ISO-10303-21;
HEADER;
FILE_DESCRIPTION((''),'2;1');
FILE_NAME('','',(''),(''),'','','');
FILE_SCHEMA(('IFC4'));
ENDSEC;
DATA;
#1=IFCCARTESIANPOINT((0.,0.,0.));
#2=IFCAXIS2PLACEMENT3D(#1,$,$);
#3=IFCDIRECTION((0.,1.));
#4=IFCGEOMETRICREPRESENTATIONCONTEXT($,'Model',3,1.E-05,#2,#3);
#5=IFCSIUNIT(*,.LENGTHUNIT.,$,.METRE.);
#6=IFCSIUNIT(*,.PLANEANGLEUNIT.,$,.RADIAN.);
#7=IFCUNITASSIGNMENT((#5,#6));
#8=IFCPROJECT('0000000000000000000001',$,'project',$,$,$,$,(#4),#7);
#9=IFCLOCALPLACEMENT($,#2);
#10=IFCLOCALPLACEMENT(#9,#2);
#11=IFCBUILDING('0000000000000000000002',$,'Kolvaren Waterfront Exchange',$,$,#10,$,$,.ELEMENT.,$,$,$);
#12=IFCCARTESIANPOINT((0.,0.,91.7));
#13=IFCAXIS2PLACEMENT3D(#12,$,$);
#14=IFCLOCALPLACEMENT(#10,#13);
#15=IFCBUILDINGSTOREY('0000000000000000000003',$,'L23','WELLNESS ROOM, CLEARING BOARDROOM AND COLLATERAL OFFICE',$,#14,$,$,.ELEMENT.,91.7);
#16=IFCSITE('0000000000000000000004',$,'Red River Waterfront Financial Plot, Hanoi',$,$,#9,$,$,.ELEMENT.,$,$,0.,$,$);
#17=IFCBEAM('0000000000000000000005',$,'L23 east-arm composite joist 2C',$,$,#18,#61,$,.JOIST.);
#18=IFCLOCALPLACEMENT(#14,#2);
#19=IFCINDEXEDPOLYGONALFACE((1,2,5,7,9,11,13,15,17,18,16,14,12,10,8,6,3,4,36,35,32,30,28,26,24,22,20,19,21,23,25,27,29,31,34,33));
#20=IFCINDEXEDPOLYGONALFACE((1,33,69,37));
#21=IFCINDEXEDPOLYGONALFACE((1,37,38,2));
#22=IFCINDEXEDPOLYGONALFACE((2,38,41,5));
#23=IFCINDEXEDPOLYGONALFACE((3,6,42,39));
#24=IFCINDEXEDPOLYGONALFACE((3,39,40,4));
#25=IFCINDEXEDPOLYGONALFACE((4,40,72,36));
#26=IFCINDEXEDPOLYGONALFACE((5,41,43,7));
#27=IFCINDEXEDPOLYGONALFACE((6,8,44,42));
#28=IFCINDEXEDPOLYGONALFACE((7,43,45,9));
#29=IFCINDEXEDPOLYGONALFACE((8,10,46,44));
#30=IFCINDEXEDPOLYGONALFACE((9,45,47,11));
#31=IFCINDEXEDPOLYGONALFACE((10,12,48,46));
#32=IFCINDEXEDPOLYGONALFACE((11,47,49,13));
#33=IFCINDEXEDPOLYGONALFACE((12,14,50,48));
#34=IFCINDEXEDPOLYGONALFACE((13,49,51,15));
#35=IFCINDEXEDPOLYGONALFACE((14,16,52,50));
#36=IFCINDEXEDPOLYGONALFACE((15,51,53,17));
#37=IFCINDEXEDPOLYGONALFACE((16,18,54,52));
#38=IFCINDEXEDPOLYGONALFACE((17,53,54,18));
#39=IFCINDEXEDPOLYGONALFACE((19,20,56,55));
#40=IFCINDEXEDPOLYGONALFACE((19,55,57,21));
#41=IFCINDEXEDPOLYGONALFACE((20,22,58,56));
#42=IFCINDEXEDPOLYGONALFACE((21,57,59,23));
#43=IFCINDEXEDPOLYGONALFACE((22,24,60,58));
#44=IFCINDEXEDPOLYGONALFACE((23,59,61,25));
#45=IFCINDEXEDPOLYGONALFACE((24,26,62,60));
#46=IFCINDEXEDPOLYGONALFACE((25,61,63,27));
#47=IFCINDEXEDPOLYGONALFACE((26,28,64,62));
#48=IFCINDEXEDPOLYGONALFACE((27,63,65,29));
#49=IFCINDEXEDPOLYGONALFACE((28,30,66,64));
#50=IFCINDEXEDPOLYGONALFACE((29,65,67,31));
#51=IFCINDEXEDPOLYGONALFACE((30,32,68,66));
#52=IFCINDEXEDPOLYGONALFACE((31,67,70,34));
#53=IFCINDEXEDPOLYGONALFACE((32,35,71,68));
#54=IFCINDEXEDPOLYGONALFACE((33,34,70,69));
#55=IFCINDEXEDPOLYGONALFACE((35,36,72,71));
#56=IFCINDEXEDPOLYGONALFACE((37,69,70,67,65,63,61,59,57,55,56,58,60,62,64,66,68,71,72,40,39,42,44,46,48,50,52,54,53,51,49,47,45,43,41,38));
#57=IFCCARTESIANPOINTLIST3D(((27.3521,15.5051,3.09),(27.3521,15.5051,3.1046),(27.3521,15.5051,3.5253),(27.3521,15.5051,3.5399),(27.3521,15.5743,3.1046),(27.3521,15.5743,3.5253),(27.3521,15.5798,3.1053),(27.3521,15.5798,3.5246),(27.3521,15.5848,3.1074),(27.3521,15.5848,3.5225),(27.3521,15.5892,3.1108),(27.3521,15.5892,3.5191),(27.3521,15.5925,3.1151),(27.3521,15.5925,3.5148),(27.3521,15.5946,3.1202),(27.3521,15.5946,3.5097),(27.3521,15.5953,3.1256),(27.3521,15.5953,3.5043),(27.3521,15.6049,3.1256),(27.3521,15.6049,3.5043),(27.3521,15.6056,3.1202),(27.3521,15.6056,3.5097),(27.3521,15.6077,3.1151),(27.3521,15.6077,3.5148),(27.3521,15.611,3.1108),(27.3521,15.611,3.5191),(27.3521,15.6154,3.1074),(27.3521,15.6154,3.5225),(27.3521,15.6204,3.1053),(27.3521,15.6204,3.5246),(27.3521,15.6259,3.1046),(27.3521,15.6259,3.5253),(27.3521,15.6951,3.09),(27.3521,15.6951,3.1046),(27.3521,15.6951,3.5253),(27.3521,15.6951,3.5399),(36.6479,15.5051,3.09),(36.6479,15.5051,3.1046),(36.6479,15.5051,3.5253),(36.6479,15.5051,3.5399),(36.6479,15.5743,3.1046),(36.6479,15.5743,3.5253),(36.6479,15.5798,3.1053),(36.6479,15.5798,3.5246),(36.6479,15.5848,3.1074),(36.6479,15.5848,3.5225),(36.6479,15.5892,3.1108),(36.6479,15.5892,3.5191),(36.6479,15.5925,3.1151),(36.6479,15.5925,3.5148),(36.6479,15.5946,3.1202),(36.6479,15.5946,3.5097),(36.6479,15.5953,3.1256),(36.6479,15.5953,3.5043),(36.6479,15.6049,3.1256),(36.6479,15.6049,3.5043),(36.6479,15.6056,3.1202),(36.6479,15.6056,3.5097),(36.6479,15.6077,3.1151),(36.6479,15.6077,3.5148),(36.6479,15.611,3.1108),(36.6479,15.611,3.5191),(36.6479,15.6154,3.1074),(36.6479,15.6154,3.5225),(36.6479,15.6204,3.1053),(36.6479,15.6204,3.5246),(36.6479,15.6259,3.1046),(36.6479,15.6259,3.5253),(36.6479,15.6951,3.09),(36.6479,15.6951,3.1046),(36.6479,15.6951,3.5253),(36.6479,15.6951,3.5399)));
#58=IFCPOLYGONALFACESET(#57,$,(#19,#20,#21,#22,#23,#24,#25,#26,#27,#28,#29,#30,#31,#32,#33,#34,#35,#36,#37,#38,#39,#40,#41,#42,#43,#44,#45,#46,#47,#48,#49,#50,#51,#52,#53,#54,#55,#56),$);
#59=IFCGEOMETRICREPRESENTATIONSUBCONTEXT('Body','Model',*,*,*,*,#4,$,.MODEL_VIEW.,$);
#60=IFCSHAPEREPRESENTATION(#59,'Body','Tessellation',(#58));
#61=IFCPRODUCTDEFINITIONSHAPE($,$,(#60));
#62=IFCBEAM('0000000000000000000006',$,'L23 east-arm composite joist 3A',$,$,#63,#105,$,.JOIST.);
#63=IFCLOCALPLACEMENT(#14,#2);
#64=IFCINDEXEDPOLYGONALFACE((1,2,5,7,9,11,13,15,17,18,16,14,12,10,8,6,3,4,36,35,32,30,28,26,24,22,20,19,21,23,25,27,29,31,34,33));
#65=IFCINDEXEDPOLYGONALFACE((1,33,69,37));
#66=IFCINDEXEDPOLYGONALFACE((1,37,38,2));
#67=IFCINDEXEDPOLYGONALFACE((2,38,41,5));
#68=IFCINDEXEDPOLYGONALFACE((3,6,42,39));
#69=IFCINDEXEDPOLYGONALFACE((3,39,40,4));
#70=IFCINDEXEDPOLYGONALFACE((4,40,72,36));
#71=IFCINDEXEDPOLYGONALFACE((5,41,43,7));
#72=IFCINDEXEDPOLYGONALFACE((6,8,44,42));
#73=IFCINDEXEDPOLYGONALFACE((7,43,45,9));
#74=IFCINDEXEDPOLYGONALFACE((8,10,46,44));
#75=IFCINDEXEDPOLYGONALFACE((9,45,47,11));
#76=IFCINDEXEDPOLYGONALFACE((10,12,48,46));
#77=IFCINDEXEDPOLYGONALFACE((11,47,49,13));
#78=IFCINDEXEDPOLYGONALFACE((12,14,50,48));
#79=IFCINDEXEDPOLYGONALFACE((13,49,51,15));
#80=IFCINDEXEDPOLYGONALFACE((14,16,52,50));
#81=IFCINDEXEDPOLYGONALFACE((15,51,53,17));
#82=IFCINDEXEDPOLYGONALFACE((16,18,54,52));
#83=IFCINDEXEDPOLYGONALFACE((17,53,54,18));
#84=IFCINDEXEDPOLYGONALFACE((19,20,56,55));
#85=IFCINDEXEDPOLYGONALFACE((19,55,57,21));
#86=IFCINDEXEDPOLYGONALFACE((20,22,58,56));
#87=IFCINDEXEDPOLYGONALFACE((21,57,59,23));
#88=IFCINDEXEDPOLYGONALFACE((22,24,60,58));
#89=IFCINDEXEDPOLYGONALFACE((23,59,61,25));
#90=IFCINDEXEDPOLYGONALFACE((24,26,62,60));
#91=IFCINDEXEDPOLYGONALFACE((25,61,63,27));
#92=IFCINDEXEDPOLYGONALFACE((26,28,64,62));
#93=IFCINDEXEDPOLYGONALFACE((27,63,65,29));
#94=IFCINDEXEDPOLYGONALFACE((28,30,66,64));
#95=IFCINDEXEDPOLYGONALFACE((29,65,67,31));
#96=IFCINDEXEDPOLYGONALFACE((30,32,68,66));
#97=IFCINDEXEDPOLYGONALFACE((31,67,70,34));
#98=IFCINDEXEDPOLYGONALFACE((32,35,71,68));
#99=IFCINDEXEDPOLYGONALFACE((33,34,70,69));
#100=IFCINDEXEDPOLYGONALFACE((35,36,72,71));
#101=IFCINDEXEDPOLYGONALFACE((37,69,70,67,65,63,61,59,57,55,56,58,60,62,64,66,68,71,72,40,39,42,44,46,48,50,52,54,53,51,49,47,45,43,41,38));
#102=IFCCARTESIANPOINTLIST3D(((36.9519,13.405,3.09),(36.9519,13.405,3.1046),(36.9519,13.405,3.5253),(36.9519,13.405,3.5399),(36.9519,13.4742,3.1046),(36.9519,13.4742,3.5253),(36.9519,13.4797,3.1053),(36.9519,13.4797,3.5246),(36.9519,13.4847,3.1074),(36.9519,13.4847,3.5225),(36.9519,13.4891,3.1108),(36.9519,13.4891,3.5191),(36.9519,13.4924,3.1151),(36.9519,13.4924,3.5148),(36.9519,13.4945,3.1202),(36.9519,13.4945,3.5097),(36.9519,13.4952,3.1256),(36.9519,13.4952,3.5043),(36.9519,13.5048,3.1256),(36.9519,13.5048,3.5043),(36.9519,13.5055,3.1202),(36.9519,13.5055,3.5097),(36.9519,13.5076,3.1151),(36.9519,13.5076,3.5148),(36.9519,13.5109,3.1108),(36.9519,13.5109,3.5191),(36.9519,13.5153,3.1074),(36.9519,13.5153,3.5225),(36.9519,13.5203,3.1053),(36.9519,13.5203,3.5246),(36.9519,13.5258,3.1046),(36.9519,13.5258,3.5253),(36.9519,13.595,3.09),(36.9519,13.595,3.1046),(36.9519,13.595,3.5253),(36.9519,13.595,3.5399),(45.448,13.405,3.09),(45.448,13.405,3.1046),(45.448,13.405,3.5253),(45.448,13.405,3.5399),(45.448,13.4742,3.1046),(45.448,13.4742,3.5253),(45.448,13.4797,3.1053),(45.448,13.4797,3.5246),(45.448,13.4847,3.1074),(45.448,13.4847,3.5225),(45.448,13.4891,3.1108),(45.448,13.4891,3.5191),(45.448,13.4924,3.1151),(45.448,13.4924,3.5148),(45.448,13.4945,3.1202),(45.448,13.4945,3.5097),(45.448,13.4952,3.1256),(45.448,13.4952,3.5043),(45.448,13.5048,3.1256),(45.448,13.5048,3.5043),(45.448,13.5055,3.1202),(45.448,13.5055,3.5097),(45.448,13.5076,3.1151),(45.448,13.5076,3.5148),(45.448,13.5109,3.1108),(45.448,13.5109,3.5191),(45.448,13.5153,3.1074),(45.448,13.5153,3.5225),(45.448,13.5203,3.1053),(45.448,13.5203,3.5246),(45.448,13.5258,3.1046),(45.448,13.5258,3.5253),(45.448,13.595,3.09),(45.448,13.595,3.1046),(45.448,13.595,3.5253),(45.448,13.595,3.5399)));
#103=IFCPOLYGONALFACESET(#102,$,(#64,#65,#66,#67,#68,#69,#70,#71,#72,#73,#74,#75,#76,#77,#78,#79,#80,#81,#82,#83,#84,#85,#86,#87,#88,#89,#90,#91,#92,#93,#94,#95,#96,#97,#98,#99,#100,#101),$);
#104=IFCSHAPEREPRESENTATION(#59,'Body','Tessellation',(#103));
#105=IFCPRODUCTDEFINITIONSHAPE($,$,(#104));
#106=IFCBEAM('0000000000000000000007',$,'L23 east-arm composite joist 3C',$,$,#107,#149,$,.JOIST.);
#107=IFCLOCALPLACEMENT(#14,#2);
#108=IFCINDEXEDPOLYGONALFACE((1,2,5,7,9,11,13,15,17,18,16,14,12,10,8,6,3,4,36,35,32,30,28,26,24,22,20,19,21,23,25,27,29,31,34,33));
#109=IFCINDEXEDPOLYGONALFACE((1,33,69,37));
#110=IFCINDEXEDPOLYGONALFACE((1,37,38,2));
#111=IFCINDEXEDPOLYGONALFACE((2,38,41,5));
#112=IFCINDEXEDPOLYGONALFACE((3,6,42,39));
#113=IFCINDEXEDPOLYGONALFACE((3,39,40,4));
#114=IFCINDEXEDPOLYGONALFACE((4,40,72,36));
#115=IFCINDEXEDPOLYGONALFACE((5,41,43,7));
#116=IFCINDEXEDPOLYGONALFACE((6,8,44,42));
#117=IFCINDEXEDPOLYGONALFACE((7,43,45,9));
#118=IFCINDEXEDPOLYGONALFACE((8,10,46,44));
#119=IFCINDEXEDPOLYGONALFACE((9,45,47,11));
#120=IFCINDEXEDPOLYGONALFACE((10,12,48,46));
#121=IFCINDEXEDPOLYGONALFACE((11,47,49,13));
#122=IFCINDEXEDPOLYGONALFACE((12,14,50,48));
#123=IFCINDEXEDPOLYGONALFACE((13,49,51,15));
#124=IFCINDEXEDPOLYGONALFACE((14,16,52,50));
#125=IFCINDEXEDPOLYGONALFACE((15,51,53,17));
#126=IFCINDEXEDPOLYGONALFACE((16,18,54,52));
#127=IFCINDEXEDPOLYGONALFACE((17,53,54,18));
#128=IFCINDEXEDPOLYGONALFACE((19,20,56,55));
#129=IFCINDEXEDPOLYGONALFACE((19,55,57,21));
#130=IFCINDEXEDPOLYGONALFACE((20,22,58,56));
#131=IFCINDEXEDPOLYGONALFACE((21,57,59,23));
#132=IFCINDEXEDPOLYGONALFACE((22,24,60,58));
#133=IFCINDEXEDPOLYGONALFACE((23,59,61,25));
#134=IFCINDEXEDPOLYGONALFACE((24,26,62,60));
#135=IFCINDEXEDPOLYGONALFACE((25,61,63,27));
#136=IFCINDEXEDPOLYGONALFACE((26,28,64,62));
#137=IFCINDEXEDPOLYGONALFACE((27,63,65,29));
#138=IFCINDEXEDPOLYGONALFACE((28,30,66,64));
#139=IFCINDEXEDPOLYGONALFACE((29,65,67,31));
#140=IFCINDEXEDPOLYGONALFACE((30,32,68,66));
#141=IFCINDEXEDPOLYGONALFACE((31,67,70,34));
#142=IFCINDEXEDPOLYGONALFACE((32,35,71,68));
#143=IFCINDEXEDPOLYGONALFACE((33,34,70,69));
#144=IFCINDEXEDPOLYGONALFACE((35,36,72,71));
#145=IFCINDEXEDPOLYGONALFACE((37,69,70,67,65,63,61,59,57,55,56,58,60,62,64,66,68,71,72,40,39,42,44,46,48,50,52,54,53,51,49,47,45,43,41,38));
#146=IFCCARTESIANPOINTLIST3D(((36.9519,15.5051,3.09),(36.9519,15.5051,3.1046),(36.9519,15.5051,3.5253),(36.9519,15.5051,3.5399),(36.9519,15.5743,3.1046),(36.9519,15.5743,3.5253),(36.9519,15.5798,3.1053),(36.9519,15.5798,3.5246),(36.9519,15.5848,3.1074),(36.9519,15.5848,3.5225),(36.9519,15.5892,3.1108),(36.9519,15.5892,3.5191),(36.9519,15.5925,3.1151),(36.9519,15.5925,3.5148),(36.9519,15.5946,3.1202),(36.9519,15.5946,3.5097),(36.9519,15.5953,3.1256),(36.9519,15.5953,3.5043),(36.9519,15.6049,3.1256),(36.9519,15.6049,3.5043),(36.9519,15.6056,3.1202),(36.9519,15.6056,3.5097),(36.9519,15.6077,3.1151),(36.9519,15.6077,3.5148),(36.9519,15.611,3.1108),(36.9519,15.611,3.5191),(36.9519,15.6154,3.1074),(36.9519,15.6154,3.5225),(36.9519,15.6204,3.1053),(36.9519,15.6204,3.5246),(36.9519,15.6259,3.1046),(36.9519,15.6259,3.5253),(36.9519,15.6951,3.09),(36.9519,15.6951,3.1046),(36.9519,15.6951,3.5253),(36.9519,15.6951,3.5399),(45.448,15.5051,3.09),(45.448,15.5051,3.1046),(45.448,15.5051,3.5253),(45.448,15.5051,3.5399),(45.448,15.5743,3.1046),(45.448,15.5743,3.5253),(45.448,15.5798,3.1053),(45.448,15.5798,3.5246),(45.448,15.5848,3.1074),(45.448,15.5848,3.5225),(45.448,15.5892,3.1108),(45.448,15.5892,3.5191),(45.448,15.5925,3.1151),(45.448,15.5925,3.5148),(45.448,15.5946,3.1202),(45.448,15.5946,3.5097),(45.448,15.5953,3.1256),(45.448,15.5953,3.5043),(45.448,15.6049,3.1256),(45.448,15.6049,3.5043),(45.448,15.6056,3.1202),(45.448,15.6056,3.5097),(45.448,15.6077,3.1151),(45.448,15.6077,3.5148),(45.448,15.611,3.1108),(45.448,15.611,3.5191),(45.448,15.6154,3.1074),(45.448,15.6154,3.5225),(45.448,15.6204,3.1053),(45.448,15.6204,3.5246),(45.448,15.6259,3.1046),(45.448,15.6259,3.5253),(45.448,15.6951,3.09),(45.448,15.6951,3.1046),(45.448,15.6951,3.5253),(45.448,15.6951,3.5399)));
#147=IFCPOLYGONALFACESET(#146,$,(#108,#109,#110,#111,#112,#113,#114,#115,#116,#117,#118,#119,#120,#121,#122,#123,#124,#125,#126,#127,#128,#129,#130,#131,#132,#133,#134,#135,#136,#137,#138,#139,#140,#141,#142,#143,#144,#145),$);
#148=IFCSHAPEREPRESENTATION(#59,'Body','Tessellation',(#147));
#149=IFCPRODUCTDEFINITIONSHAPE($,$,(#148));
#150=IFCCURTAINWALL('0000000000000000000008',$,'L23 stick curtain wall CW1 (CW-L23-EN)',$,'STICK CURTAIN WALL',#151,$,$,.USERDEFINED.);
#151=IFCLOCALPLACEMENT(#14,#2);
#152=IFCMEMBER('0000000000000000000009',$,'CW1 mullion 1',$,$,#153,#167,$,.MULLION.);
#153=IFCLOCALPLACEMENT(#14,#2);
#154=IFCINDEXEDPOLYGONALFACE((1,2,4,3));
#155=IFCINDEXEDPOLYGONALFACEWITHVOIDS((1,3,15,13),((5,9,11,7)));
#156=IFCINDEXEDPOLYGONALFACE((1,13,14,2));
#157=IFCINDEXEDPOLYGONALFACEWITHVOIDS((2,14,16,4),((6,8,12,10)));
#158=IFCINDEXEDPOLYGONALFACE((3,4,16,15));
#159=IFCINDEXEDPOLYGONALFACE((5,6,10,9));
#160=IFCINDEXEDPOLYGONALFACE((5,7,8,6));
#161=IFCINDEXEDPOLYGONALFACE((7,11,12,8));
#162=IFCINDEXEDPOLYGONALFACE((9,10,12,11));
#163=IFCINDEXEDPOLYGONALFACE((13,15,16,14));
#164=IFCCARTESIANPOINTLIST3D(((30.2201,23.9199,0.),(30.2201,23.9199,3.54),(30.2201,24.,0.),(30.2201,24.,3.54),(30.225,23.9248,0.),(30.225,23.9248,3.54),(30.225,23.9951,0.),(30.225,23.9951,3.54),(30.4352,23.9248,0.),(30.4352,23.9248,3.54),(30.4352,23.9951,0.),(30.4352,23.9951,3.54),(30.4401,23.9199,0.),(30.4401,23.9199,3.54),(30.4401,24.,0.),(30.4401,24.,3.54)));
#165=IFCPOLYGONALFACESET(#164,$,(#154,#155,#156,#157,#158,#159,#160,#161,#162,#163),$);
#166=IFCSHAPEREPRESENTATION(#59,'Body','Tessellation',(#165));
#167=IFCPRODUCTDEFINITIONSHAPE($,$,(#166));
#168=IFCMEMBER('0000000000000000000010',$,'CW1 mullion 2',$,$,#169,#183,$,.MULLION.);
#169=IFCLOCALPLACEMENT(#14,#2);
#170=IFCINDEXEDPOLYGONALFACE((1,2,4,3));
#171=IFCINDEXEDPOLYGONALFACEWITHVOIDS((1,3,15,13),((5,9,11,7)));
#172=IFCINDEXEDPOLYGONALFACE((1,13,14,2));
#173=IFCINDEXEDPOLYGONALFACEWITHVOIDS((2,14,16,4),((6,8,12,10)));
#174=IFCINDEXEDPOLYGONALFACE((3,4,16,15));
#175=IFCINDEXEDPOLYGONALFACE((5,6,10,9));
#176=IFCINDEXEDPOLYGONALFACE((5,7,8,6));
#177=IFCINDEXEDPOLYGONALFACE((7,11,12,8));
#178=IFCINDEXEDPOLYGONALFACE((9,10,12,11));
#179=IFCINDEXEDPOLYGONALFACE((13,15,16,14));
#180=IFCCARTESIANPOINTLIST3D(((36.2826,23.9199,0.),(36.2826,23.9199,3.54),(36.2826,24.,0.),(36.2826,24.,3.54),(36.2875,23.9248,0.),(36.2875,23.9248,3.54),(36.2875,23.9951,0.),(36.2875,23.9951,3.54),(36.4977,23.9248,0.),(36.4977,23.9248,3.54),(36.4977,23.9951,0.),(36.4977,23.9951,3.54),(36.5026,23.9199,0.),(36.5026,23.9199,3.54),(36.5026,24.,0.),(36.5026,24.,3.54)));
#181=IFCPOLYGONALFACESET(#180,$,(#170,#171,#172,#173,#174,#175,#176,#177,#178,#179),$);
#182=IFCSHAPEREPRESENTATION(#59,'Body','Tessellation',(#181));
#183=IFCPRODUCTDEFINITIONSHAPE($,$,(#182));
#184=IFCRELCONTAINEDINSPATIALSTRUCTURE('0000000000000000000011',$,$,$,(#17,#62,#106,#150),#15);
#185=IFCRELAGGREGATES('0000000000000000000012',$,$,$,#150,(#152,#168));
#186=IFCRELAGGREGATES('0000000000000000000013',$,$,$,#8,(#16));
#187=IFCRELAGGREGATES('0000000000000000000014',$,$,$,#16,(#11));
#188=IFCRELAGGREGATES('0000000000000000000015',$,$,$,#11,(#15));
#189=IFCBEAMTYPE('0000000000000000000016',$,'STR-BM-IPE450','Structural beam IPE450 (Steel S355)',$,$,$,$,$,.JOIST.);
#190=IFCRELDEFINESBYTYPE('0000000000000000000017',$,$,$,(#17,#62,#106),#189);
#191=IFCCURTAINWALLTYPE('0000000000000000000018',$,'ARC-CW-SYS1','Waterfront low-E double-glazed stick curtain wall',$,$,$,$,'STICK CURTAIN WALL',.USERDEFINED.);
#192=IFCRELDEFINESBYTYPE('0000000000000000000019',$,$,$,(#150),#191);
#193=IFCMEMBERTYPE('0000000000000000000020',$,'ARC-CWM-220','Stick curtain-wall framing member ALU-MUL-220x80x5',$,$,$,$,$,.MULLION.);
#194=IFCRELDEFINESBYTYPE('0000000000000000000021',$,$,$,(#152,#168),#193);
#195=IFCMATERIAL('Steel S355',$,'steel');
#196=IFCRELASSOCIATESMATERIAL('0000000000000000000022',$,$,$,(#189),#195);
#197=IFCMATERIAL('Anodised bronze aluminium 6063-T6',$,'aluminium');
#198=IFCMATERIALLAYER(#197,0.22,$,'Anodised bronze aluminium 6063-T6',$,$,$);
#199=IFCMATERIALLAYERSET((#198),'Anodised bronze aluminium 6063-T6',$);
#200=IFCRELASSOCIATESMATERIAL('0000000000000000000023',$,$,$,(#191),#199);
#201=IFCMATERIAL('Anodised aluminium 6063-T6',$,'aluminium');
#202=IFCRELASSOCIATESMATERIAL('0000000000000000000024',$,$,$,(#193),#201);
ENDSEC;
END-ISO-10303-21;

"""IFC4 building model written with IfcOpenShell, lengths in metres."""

from ifc_helpers import new_model, si_unit, direction, frame, origin, origin_with_axes, origin_2d, place, context, subcontext, project, spatial, hollow_rectangle, i_section, extrude, source, transform, mapped, material, layer, layer_set, material_profile, profile_set, type_object, element, aggregate, save


model = new_model("IFC4")

# Units and contexts
model_context = context("Model", 3, precision=1e-05, world=origin(), true_north=direction((0.0, 1.0)))
body_context = subcontext(model_context, "Body", "Model", "MODEL_VIEW")
ifc_project = project(units=[si_unit("LENGTHUNIT", "METRE"), si_unit("PLANEANGLEUNIT", "RADIAN")], contexts=[model_context])

# Site, building, storey
site_placement = place(None, origin())
site = spatial("IfcSite", under=ifc_project, at=site_placement, Name="Red River Waterfront Financial Plot, Hanoi", CompositionType="ELEMENT", RefElevation=0.0)
building_placement = place(site_placement, origin())
building = spatial("IfcBuilding", under=site, at=building_placement, Name="Kolvaren Waterfront Exchange", CompositionType="ELEMENT")
storey_placement = place(building_placement, frame((0.0, 0.0, 91.7)))
storey = spatial("IfcBuildingStorey", under=building, at=storey_placement, Name="L23", Description="WELLNESS ROOM, CLEARING BOARDROOM AND COLLATERAL OFFICE", CompositionType="ELEMENT", Elevation=91.7)

# Beams
ifc_material_1 = material(Name="Steel S355", Category="steel")
ifc_material_profile_1 = material_profile(ifc_material_1, i_section(OverallWidth=0.1899, OverallDepth=0.45, WebThickness=0.0095, FlangeThickness=0.0146, FilletRadius=0.021, at=origin_2d()), Name="IPE450")
ifc_profile_set_1 = profile_set([ifc_material_profile_1], Name="Steel S355")
beam_type_1 = type_object("IfcBeamType", Name="STR-BM-IPE450", Description="Structural beam IPE450 (Steel S355)", PredefinedType="JOIST", material=ifc_profile_set_1)
for number, where, z_axis, x_axis, name in (
    (1, (27.3521, 15.6001, 3.3149), (1.0, 0.0, 0.0), (0.0, 1.0, 0.0), "L23 east-arm composite joist 2C"),
):
    element("IfcBeam", number, at=place(storey_placement, frame(where, z_axis=z_axis, x_axis=x_axis)), inside=storey, type_object=beam_type_1, Name=name, PredefinedType="JOIST", context=body_context, shape_type="SweptSolid", body=[
        extrude(i_section(OverallWidth=0.1899, OverallDepth=0.45, WebThickness=0.0095, FlangeThickness=0.0146, FilletRadius=0.021, at=origin_2d()), origin(), (0.0, 0.0, 1.0), 9.2959),
    ])
for number, where, z_axis, x_axis, name in (
    (2, (36.9519, 13.5, 3.3149), (1.0, 0.0, 0.0), (0.0, 1.0, 0.0), "L23 east-arm composite joist 3A"),
    (3, (36.9519, 15.6001, 3.3149), (1.0, 0.0, 0.0), (0.0, 1.0, 0.0), "L23 east-arm composite joist 3C"),
):
    element("IfcBeam", number, at=place(storey_placement, frame(where, z_axis=z_axis, x_axis=x_axis)), inside=storey, type_object=beam_type_1, Name=name, PredefinedType="JOIST", context=body_context, shape_type="SweptSolid", body=[
        extrude(i_section(OverallWidth=0.1899, OverallDepth=0.45, WebThickness=0.0095, FlangeThickness=0.0146, FilletRadius=0.021, at=origin_2d()), origin(), (0.0, 0.0, 1.0), 8.4961),
    ])

# Curtain wall, members
ifc_material_2 = material(Name="Anodised bronze aluminium 6063-T6", Category="aluminium")
ifc_layer_1 = layer(ifc_material_2, 0.22, Name="Anodised bronze aluminium 6063-T6")
ifc_layer_set_1 = layer_set([ifc_layer_1], Name="Anodised bronze aluminium 6063-T6")
curtain_wall_type = type_object("IfcCurtainWallType", Name="ARC-CW-SYS1", Description="Waterfront low-E double-glazed stick curtain wall", ElementType="STICK CURTAIN WALL", PredefinedType="USERDEFINED", material=ifc_layer_set_1)
curtain_wall_placement = place(storey_placement, origin())
curtain_wall = element("IfcCurtainWall", 4, at=curtain_wall_placement, inside=storey, type_object=curtain_wall_type, Name="L23 stick curtain wall CW1 (CW-L23-EN)", ObjectType="STICK CURTAIN WALL", PredefinedType="USERDEFINED")
ifc_material_3 = material(Name="Anodised aluminium 6063-T6", Category="aluminium")
ifc_material_profile_2 = material_profile(ifc_material_3, hollow_rectangle(XDim=0.0801, YDim=0.22, WallThickness=0.0049, at=origin_2d()), Name="ALU-MUL-220x80x5")
ifc_profile_set_2 = profile_set([ifc_material_profile_2], Name="Anodised aluminium 6063-T6")
member_type_1 = type_object("IfcMemberType", Name="ARC-CWM-220", Description="Stick curtain-wall framing member ALU-MUL-220x80x5", PredefinedType="MULLION", material=ifc_profile_set_2)
shared_shape_1 = source(origin_with_axes(), body_context, "Body", "SweptSolid", [
    extrude(hollow_rectangle(XDim=0.0801, YDim=0.22, WallThickness=0.0049, at=origin_2d()), origin(), (0.0, 0.0, 1.0), 3.54),
])
member_1_placement = place(storey_placement, frame((30.3301, 23.96, 0.0), z_axis=(0.0, 0.0, 1.0), x_axis=(0.0, 1.0, 0.0)))
member_1 = element("IfcMember", 5, at=member_1_placement, type_object=member_type_1, Name="CW1 mullion 1", PredefinedType="MULLION", context=body_context, shape_type="MappedRepresentation", body=[
    mapped(shared_shape_1, transform((0.0, 0.0, 0.0), x_axis=(1.0, 0.0, 0.0), y_axis=(0.0, 1.0, 0.0), z_axis=(0.0, 0.0, 1.0), scale=1.0)),
])
member_2_placement = place(storey_placement, frame((36.3926, 23.96, 0.0), z_axis=(0.0, 0.0, 1.0), x_axis=(0.0, 1.0, 0.0)))
member_2 = element("IfcMember", 6, at=member_2_placement, type_object=member_type_1, Name="CW1 mullion 2", PredefinedType="MULLION", context=body_context, shape_type="MappedRepresentation", body=[
    mapped(shared_shape_1, transform((0.0, 0.0, 0.0), x_axis=(1.0, 0.0, 0.0), y_axis=(0.0, 1.0, 0.0), z_axis=(0.0, 0.0, 1.0), scale=1.0)),
])
aggregate(curtain_wall, [member_1, member_2])

save(model, "model.ifc")
